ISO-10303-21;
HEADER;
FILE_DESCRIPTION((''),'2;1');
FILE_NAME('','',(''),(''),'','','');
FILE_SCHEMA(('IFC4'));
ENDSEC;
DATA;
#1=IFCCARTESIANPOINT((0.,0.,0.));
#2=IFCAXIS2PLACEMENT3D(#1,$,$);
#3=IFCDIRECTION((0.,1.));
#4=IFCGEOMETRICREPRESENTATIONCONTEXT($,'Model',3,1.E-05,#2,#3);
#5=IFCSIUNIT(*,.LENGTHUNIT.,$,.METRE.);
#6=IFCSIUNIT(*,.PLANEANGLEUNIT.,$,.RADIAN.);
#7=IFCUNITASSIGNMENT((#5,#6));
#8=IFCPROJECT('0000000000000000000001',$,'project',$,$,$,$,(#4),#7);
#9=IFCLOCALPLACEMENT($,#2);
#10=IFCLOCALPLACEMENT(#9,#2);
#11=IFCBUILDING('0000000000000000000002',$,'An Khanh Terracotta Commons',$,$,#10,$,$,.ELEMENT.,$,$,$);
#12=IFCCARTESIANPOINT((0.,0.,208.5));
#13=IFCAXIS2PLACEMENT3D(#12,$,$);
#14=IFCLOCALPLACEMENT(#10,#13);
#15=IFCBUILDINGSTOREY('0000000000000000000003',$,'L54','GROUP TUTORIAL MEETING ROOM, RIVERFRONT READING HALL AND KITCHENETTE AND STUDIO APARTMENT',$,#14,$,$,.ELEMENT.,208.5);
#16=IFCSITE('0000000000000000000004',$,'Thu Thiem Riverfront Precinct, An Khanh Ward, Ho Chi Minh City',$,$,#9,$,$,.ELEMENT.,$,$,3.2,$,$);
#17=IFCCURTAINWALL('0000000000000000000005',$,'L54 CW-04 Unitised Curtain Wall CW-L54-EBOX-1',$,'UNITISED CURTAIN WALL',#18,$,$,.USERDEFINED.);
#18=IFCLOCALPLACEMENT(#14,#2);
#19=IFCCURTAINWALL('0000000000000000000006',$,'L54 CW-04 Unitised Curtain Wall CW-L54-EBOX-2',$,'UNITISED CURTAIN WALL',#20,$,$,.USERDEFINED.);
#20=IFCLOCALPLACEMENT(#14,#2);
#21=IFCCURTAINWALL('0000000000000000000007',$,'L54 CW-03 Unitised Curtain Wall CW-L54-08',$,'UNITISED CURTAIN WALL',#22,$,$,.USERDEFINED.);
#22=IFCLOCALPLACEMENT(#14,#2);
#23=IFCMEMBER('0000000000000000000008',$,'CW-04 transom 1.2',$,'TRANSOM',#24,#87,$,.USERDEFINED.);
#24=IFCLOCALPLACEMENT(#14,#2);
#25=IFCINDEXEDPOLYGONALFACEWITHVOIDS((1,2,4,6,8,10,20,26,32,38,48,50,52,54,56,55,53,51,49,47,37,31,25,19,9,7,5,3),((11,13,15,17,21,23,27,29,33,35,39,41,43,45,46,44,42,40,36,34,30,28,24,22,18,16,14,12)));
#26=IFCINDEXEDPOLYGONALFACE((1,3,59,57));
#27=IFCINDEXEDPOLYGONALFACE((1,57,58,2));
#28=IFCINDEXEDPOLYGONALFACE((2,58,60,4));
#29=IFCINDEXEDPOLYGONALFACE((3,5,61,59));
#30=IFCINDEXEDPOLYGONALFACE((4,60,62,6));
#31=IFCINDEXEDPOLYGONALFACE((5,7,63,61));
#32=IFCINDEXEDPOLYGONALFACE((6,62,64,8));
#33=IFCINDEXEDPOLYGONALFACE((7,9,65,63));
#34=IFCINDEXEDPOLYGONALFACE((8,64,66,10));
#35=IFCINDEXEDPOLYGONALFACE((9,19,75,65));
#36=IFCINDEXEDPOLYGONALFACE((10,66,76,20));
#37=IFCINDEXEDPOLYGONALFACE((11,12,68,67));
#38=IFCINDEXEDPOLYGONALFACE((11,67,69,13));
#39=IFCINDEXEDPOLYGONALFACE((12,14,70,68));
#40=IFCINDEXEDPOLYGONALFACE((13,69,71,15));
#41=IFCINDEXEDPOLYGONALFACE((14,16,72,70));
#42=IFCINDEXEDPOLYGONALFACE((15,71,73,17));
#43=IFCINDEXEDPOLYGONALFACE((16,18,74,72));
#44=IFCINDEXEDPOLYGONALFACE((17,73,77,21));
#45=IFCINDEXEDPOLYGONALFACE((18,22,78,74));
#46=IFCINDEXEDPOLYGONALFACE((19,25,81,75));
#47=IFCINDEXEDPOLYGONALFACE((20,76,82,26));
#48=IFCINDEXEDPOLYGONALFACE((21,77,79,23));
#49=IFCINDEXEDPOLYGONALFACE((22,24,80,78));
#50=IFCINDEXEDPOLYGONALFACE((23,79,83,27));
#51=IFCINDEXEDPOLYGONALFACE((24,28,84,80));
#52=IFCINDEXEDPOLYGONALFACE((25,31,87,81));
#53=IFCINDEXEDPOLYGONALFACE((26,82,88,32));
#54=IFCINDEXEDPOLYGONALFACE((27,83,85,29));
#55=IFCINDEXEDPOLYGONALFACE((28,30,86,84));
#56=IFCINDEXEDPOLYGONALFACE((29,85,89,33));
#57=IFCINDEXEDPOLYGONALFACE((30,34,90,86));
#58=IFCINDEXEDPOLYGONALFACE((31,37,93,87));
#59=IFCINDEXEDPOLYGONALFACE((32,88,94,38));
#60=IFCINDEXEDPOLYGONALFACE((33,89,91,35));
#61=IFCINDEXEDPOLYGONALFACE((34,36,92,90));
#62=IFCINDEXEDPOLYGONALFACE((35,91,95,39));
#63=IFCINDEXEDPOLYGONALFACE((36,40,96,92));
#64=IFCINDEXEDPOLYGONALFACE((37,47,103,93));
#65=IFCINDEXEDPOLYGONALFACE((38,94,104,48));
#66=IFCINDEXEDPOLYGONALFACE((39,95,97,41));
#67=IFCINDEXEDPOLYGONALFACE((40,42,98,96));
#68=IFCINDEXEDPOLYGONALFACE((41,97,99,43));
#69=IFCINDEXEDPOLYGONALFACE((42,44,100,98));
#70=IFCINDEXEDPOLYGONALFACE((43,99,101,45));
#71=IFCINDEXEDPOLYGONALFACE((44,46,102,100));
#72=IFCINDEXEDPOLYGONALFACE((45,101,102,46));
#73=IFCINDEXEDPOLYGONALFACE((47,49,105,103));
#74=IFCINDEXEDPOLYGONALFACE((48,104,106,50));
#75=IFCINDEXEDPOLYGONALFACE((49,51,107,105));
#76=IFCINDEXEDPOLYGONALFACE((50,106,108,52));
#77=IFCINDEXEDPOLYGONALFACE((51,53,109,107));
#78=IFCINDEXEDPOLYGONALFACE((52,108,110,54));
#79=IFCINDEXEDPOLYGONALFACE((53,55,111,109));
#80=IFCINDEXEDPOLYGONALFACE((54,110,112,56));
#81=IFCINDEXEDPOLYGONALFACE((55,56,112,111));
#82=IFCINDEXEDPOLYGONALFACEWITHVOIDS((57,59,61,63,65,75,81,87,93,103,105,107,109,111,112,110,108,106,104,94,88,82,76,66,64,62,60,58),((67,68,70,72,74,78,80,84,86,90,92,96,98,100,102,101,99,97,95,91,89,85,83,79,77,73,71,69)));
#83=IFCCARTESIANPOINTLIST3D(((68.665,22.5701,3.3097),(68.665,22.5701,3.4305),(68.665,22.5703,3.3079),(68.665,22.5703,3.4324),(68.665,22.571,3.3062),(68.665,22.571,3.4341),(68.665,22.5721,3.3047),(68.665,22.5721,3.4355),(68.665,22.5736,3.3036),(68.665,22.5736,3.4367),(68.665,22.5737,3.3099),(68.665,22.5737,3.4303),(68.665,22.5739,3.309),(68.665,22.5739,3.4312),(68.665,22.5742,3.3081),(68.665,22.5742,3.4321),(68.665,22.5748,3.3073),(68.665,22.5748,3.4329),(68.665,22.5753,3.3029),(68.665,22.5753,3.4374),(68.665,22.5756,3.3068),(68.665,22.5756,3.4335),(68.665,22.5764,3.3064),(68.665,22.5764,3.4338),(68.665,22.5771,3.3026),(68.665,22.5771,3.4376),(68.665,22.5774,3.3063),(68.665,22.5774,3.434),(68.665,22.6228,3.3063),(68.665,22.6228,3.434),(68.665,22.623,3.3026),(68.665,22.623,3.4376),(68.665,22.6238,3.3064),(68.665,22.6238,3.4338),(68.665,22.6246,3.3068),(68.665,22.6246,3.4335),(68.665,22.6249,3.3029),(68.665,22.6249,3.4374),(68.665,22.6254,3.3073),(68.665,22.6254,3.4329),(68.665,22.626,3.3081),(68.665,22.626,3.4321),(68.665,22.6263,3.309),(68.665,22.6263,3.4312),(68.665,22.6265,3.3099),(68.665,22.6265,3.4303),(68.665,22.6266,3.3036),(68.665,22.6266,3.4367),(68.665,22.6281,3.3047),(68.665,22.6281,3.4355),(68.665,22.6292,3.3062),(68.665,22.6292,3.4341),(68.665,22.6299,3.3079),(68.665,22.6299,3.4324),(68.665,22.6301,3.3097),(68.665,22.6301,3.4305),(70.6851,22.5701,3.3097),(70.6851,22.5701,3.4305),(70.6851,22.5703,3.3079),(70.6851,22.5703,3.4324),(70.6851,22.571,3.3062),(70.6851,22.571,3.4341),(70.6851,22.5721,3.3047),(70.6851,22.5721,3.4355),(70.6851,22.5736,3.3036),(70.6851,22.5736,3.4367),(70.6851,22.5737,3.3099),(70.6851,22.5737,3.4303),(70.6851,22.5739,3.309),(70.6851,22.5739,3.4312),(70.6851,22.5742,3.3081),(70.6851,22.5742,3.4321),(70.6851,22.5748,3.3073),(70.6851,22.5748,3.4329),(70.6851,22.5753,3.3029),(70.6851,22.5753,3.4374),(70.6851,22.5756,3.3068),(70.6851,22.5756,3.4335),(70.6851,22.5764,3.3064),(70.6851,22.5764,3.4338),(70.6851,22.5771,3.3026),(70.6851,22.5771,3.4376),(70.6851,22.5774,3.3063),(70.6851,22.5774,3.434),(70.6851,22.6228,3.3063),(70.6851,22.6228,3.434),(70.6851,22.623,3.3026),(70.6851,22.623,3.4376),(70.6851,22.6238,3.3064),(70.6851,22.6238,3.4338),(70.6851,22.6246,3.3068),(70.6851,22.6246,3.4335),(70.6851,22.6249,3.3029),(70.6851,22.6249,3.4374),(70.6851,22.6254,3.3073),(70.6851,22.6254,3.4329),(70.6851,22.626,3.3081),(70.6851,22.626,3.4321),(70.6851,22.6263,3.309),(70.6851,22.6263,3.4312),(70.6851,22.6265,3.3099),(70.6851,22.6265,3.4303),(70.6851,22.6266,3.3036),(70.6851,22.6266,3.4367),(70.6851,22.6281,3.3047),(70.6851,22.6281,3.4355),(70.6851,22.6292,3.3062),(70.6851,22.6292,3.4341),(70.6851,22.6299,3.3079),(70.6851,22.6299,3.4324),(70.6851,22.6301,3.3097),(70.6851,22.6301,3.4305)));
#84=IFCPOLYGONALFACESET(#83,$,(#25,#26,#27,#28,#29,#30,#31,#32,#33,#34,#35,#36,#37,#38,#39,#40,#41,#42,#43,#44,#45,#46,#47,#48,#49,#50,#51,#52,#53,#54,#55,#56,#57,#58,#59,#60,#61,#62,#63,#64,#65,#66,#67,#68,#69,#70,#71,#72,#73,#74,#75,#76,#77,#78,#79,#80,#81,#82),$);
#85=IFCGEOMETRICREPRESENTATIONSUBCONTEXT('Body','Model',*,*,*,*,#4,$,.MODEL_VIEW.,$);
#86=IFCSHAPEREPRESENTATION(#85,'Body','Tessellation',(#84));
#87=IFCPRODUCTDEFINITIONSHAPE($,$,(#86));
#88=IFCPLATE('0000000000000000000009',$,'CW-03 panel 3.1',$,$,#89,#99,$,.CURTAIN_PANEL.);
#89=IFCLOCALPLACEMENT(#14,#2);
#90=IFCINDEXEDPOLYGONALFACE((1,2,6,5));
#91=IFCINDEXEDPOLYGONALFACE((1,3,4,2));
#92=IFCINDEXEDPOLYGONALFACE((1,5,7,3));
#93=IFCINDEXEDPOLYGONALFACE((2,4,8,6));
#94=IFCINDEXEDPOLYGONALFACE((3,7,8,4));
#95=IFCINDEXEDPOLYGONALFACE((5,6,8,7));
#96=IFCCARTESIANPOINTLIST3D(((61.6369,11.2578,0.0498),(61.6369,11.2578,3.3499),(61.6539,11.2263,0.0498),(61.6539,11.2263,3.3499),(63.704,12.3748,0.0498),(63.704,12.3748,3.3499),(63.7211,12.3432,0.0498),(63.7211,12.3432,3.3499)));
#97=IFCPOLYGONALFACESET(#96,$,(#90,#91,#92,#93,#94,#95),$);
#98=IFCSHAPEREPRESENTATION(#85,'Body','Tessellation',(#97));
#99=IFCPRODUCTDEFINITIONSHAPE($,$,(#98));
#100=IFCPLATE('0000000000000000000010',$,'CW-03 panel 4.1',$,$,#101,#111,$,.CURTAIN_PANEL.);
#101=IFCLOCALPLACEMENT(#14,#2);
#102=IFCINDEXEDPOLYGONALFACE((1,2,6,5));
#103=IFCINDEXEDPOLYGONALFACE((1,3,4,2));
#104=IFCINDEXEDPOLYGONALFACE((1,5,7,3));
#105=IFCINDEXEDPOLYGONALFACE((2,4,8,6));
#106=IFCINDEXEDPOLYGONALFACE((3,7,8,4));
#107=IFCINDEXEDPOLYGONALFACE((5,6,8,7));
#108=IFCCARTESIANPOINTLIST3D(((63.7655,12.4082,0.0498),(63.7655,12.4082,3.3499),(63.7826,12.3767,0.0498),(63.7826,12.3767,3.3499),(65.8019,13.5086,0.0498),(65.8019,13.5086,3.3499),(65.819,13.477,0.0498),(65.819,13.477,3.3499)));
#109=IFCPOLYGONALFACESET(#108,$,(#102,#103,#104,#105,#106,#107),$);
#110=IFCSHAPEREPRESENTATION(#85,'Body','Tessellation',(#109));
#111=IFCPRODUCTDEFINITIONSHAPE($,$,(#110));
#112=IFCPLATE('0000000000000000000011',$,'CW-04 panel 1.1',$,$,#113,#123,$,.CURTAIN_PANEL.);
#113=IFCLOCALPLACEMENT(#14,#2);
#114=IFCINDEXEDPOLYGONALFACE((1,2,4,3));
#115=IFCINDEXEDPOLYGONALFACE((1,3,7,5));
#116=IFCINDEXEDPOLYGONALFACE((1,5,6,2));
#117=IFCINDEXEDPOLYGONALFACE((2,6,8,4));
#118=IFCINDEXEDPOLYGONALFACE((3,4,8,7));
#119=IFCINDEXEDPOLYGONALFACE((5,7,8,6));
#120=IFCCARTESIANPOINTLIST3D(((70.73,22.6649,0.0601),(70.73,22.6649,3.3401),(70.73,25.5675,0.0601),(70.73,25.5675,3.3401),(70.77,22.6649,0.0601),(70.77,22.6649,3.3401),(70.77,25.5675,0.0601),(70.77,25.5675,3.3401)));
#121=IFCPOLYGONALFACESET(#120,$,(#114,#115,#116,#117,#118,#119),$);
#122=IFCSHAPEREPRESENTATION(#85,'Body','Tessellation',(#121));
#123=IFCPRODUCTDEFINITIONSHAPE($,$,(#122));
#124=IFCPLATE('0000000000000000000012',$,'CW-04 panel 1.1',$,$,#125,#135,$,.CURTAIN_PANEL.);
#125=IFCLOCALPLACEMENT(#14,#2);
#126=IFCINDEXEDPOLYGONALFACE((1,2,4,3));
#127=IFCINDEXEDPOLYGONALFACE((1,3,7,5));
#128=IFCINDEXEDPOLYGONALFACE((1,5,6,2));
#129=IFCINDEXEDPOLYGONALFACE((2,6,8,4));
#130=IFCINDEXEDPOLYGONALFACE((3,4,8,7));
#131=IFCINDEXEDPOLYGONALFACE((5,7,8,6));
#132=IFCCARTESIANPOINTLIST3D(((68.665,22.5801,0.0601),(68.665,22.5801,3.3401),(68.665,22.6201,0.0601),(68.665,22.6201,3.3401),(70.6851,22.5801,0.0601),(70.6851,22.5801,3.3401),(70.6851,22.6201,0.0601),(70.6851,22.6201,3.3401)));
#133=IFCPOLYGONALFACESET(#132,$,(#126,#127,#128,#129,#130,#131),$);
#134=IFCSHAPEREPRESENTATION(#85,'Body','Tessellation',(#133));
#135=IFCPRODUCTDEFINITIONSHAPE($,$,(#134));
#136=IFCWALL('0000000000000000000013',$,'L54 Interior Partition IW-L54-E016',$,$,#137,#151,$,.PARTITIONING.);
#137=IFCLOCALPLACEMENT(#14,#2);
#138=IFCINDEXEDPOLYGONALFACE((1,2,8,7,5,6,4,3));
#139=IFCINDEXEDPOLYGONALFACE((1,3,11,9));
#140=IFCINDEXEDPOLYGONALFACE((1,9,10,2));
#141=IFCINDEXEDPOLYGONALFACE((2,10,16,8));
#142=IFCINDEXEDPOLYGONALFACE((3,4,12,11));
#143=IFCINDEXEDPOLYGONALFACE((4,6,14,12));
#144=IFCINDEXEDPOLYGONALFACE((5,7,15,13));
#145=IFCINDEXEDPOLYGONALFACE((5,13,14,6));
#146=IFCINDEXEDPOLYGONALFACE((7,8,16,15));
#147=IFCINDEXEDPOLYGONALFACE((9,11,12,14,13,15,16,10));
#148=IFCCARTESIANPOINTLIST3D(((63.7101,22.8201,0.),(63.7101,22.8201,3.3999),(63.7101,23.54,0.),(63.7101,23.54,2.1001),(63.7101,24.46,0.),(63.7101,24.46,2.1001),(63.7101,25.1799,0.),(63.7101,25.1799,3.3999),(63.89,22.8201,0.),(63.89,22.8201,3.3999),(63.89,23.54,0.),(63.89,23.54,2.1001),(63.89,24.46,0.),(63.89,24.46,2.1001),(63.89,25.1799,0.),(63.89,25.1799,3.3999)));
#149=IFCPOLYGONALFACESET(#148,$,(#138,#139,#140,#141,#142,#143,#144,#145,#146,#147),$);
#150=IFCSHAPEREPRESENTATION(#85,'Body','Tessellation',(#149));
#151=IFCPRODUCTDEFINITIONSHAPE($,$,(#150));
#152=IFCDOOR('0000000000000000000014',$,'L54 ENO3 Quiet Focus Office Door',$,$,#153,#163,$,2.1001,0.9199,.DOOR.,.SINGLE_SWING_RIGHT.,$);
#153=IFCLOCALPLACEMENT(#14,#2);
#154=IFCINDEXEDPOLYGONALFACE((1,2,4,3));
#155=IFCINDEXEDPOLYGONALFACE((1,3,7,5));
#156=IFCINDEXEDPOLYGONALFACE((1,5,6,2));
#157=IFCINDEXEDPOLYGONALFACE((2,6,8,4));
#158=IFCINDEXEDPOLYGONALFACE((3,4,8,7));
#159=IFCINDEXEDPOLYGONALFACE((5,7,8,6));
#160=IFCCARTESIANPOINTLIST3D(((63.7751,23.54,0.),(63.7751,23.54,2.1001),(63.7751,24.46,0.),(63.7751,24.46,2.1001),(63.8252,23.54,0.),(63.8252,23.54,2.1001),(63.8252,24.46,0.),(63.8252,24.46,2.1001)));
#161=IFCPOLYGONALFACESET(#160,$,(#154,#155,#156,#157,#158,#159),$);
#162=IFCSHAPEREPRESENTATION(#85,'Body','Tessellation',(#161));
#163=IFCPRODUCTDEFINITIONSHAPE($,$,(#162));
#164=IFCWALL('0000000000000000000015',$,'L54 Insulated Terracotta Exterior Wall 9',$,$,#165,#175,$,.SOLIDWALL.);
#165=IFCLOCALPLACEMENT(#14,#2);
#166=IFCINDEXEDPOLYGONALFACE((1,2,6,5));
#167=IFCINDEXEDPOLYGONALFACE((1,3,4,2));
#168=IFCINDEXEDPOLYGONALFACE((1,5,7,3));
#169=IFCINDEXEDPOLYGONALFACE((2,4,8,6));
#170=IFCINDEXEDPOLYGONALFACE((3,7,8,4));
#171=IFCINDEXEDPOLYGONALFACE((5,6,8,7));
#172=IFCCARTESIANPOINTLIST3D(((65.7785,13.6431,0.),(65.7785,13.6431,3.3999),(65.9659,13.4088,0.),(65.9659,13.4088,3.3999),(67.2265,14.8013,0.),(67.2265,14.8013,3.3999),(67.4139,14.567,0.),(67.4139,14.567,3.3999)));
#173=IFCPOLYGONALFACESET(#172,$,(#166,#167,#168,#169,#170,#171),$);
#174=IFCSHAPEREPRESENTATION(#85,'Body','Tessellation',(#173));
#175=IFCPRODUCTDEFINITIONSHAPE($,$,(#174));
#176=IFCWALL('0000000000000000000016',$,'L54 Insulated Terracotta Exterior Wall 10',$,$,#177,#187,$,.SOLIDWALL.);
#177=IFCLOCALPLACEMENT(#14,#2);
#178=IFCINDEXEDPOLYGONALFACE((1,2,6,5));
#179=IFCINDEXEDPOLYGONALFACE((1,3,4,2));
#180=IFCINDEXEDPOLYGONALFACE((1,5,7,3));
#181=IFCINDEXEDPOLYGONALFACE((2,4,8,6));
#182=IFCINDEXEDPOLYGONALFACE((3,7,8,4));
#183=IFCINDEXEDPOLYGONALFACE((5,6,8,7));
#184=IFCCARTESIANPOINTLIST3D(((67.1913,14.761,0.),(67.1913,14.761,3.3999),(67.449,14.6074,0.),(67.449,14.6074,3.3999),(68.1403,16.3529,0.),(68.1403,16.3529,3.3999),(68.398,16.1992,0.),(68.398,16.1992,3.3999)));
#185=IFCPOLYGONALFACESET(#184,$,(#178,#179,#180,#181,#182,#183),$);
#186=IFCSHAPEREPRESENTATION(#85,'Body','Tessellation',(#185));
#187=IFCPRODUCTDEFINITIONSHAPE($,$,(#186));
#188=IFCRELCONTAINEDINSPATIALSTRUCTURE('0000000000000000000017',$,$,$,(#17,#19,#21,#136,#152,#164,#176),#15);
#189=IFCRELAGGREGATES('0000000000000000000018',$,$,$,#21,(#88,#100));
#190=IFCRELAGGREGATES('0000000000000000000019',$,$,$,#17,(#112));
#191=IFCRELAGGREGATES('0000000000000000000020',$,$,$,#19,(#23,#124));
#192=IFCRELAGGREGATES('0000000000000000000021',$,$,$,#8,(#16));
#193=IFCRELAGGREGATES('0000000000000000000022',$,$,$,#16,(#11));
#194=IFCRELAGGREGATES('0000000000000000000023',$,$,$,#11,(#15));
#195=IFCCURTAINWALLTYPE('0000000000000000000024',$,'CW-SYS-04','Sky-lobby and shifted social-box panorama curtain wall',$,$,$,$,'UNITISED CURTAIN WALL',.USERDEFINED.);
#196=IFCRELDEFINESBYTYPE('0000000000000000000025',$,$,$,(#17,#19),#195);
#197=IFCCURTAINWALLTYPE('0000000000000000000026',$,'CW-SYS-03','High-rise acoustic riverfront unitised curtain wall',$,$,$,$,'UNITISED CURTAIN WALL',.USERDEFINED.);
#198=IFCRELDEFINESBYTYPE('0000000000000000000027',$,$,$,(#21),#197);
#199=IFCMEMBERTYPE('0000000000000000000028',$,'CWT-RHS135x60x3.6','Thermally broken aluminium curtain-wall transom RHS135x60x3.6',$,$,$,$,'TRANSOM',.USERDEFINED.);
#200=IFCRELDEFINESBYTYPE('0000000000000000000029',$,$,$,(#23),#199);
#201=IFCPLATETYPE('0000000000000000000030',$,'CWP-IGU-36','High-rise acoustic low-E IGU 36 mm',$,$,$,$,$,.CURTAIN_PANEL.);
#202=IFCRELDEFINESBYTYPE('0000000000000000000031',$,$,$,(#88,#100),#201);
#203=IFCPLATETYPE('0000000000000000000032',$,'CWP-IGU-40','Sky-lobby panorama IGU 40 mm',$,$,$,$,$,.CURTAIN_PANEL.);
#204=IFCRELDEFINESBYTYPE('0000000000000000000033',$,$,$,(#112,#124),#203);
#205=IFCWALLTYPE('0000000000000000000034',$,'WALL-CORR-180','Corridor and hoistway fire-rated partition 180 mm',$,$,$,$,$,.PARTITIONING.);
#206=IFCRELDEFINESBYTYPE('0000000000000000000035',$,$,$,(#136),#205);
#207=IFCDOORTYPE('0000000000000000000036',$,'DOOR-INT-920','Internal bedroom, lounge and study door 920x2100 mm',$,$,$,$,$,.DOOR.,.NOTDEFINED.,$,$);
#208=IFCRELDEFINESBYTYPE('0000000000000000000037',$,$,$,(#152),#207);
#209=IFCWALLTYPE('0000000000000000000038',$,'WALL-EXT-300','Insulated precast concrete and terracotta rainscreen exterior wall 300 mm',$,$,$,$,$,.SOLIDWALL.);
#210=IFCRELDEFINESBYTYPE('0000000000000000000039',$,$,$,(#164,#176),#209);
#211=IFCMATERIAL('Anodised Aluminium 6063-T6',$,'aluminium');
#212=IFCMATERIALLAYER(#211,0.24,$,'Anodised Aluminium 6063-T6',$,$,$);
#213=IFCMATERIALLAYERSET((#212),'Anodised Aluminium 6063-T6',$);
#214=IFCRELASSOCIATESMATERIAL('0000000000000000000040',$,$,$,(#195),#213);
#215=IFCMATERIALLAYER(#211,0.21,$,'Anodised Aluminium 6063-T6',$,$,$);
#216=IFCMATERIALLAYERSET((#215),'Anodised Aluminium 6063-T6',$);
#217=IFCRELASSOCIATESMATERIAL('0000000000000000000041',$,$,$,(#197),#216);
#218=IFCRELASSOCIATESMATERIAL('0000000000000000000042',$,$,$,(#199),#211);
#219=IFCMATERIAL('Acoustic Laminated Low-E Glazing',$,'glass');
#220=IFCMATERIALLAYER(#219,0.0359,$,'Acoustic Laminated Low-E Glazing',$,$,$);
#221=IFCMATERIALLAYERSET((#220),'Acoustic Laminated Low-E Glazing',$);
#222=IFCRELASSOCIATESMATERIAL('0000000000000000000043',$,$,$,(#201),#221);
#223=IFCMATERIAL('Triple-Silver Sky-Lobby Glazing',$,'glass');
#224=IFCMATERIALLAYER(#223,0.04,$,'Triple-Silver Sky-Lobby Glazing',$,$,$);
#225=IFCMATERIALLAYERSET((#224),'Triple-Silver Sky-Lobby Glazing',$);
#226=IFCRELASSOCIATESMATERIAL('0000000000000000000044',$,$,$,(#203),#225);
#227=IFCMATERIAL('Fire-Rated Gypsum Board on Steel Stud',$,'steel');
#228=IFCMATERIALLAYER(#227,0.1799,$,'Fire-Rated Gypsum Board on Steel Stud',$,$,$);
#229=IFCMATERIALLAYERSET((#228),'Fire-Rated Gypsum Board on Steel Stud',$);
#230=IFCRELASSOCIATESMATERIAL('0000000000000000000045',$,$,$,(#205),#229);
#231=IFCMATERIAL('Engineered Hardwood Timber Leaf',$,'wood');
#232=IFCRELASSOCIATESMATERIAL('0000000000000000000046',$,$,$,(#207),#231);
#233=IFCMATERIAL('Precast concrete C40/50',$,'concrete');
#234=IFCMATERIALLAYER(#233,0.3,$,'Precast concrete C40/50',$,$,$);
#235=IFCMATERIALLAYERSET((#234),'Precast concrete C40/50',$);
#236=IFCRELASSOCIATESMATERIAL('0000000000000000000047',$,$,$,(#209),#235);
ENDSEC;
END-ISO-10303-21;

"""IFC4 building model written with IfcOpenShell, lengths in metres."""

from ifc_helpers import new_model, si_unit, direction, frame, frame_2d, origin, origin_2d, place, context, subcontext, project, spatial, rectangle, hollow_rectangle, extrude, material, layer, layer_set, material_profile, profile_set, type_object, element, fill, aggregate, save


model = new_model("IFC4")

# Units and contexts
model_context = context("Model", 3, precision=1e-05, world=origin(), true_north=direction((0.0, 1.0)))
body_context = subcontext(model_context, "Body", "Model", "MODEL_VIEW")
ifc_project = project(units=[si_unit("LENGTHUNIT", "METRE"), si_unit("PLANEANGLEUNIT", "RADIAN")], contexts=[model_context])

# Site, building, storey
site_placement = place(None, origin())
site = spatial("IfcSite", under=ifc_project, at=site_placement, Name="Thu Thiem Riverfront Precinct, An Khanh Ward, Ho Chi Minh City", CompositionType="ELEMENT", RefElevation=3.2)
building_placement = place(site_placement, origin())
building = spatial("IfcBuilding", under=site, at=building_placement, Name="An Khanh Terracotta Commons", CompositionType="ELEMENT")
storey_placement = place(building_placement, frame((0.0, 0.0, 208.5)))
storey = spatial("IfcBuildingStorey", under=building, at=storey_placement, Name="L54", Description="GROUP TUTORIAL MEETING ROOM, RIVERFRONT READING HALL AND KITCHENETTE AND STUDIO APARTMENT", CompositionType="ELEMENT", Elevation=208.5)

# Curtain wall
ifc_material_1 = material(Name="Anodised Aluminium 6063-T6", Category="aluminium")
ifc_layer_1 = layer(ifc_material_1, 0.24, Name="Anodised Aluminium 6063-T6")
ifc_layer_set_1 = layer_set([ifc_layer_1], Name="Anodised Aluminium 6063-T6")
curtain_wall_type_1 = type_object("IfcCurtainWallType", Name="CW-SYS-04", Description="Sky-lobby and shifted social-box panorama curtain wall", ElementType="UNITISED CURTAIN WALL", PredefinedType="USERDEFINED", material=ifc_layer_set_1)
curtain_wall_1_placement = place(storey_placement, origin())
curtain_wall_1 = element("IfcCurtainWall", 1, at=curtain_wall_1_placement, inside=storey, type_object=curtain_wall_type_1, Name="L54 CW-04 Unitised Curtain Wall CW-L54-EBOX-1", ObjectType="UNITISED CURTAIN WALL", PredefinedType="USERDEFINED")

# Curtain walls
curtain_wall_2_placement = place(storey_placement, origin())
curtain_wall_2 = element("IfcCurtainWall", 2, at=curtain_wall_2_placement, inside=storey, type_object=curtain_wall_type_1, Name="L54 CW-04 Unitised Curtain Wall CW-L54-EBOX-2", ObjectType="UNITISED CURTAIN WALL", PredefinedType="USERDEFINED")
ifc_layer_2 = layer(ifc_material_1, 0.21, Name="Anodised Aluminium 6063-T6")
ifc_layer_set_2 = layer_set([ifc_layer_2], Name="Anodised Aluminium 6063-T6")
curtain_wall_type_2 = type_object("IfcCurtainWallType", Name="CW-SYS-03", Description="High-rise acoustic riverfront unitised curtain wall", ElementType="UNITISED CURTAIN WALL", PredefinedType="USERDEFINED", material=ifc_layer_set_2)
curtain_wall_3_placement = place(storey_placement, origin())
curtain_wall_3 = element("IfcCurtainWall", 3, at=curtain_wall_3_placement, inside=storey, type_object=curtain_wall_type_2, Name="L54 CW-03 Unitised Curtain Wall CW-L54-08", ObjectType="UNITISED CURTAIN WALL", PredefinedType="USERDEFINED")

# Member
ifc_material_profile_1 = material_profile(ifc_material_1, hollow_rectangle(XDim=0.0601, YDim=0.135, WallThickness=0.0037, InnerFilletRadius=0.0037, OuterFilletRadius=0.0071, at=origin_2d()), Name="RHS135x60x3.6")
ifc_profile_set_1 = profile_set([ifc_material_profile_1], Name="Anodised Aluminium 6063-T6")
member_type_1 = type_object("IfcMemberType", Name="CWT-RHS135x60x3.6", Description="Thermally broken aluminium curtain-wall transom RHS135x60x3.6", ElementType="TRANSOM", PredefinedType="USERDEFINED", material=ifc_profile_set_1)
member_1_placement = place(storey_placement, frame((68.665, 22.6001, 3.3701), z_axis=(1.0, 0.0, 0.0), x_axis=(0.0, 1.0, 0.0)))
member_1 = element("IfcMember", 4, at=member_1_placement, type_object=member_type_1, Name="CW-04 transom 1.2", ObjectType="TRANSOM", PredefinedType="USERDEFINED", context=body_context, shape_type="SweptSolid", body=[
    extrude(hollow_rectangle(XDim=0.0601, YDim=0.135, WallThickness=0.0037, InnerFilletRadius=0.0037, OuterFilletRadius=0.0071, at=origin_2d()), origin(), (0.0, 0.0, 1.0), 2.02),
])

# Plates
ifc_material_2 = material(Name="Acoustic Laminated Low-E Glazing", Category="glass")
ifc_layer_3 = layer(ifc_material_2, 0.0359, Name="Acoustic Laminated Low-E Glazing")
ifc_layer_set_3 = layer_set([ifc_layer_3], Name="Acoustic Laminated Low-E Glazing")
plate_type_1 = type_object("IfcPlateType", Name="CWP-IGU-36", Description="High-rise acoustic low-E IGU 36 mm", PredefinedType="CURTAIN_PANEL", material=ifc_layer_set_3)
plate_1_placement = place(storey_placement, frame((62.679, 11.8005, 0.0498), z_axis=(0.0, 0.0, 1.0), x_axis=(0.87978, 0.475381, 0.0)))
plate_1 = element("IfcPlate", 5, at=plate_1_placement, type_object=plate_type_1, Name="CW-03 panel 3.1", PredefinedType="CURTAIN_PANEL", context=body_context, shape_type="SweptSolid", body=[
    extrude(rectangle(XDim=2.3496, YDim=0.0359, at=origin_2d()), origin(), (0.0, 0.0, 1.0), 3.3),
])
plate_2_placement = place(storey_placement, frame((64.7922, 12.9426, 0.0498), z_axis=(0.0, 0.0, 1.0), x_axis=(0.87978, 0.475381, 0.0)))
plate_2 = element("IfcPlate", 6, at=plate_2_placement, type_object=plate_type_1, Name="CW-03 panel 4.1", PredefinedType="CURTAIN_PANEL", context=body_context, shape_type="SweptSolid", body=[
    extrude(rectangle(XDim=2.3147, YDim=0.0359, at=origin_2d()), origin(), (0.0, 0.0, 1.0), 3.3),
])
aggregate(curtain_wall_3, [plate_1, plate_2])
ifc_material_3 = material(Name="Triple-Silver Sky-Lobby Glazing", Category="glass")
ifc_layer_4 = layer(ifc_material_3, 0.04, Name="Triple-Silver Sky-Lobby Glazing")
ifc_layer_set_4 = layer_set([ifc_layer_4], Name="Triple-Silver Sky-Lobby Glazing")
plate_type_2 = type_object("IfcPlateType", Name="CWP-IGU-40", Description="Sky-lobby panorama IGU 40 mm", PredefinedType="CURTAIN_PANEL", material=ifc_layer_set_4)
plate_3_placement = place(storey_placement, frame((70.75, 24.1162, 0.0601), z_axis=(0.0, 0.0, 1.0), x_axis=(0.0, 1.0, 0.0)))
plate_3 = element("IfcPlate", 7, at=plate_3_placement, type_object=plate_type_2, Name="CW-04 panel 1.1", PredefinedType="CURTAIN_PANEL", context=body_context, shape_type="SweptSolid", body=[
    extrude(rectangle(XDim=2.9026, YDim=0.04, at=origin_2d()), origin(), (0.0, 0.0, 1.0), 3.28),
])
aggregate(curtain_wall_1, [plate_3])
plate_4_placement = place(storey_placement, frame((69.675, 22.6001, 0.0601), z_axis=(0.0, 0.0, 1.0), x_axis=(1.0, 0.0, 0.0)))
plate_4 = element("IfcPlate", 8, at=plate_4_placement, type_object=plate_type_2, Name="CW-04 panel 1.1", PredefinedType="CURTAIN_PANEL", context=body_context, shape_type="SweptSolid", body=[
    extrude(rectangle(XDim=2.02, YDim=0.04, at=origin_2d()), origin(), (0.0, 0.0, 1.0), 3.28),
])
aggregate(curtain_wall_2, [member_1, plate_4])

# Wall, opening, door
ifc_material_4 = material(Name="Fire-Rated Gypsum Board on Steel Stud", Category="steel")
ifc_layer_5 = layer(ifc_material_4, 0.1799, Name="Fire-Rated Gypsum Board on Steel Stud")
ifc_layer_set_5 = layer_set([ifc_layer_5], Name="Fire-Rated Gypsum Board on Steel Stud")
wall_type_1 = type_object("IfcWallType", Name="WALL-CORR-180", Description="Corridor and hoistway fire-rated partition 180 mm", PredefinedType="PARTITIONING", material=ifc_layer_set_5)
wall_1_placement = place(storey_placement, frame((63.8, 22.8201, 0.0), z_axis=(0.0, 0.0, 1.0), x_axis=(0.0, 1.0, 0.0)))
wall_1 = element("IfcWall", 9, at=wall_1_placement, inside=storey, type_object=wall_type_1, Name="L54 Interior Partition IW-L54-E016", PredefinedType="PARTITIONING", context=body_context, shape_type="SweptSolid", body=[
    extrude(rectangle(XDim=2.3599, YDim=0.1799, at=frame_2d((1.1799, 0.0))), origin(), (0.0, 0.0, 1.0), 3.3999),
])
opening_1_placement = place(wall_1_placement, frame((0.72, 0.0, 0.0)))
opening_1 = element("IfcOpeningElement", 10, at=opening_1_placement, cuts=wall_1, PredefinedType="OPENING", context=body_context, shape_type="SweptSolid", body=[
    extrude(rectangle(XDim=0.9199, YDim=2.1001, at=frame_2d((0.46, 1.05))), frame((0.0, 0.0999, 0.0), z_axis=(0.0, -1.0, 0.0), x_axis=(1.0, 0.0, 0.0)), (0.0, 0.0, 1.0), 0.2),
])
ifc_material_5 = material(Name="Engineered Hardwood Timber Leaf", Category="wood")
door_type = type_object("IfcDoorType", Name="DOOR-INT-920", Description="Internal bedroom, lounge and study door 920x2100 mm", OperationType="NOTDEFINED", PredefinedType="DOOR", material=ifc_material_5)
door_placement = place(opening_1_placement, origin())
door = element("IfcDoor", 11, at=door_placement, inside=storey, type_object=door_type, Name="L54 ENO3 Quiet Focus Office Door", OperationType="SINGLE_SWING_RIGHT", OverallHeight=2.1001, OverallWidth=0.9199, PredefinedType="DOOR", context=body_context, shape_type="SweptSolid", body=[
    extrude(rectangle(XDim=0.9199, YDim=2.1001, at=frame_2d((0.46, 1.05))), frame((0.0, 0.0249, 0.0), z_axis=(0.0, -1.0, 0.0), x_axis=(1.0, 0.0, 0.0)), (0.0, 0.0, 1.0), 0.05),
])
fill(opening_1, door)

# Walls
ifc_material_6 = material(Name="Precast concrete C40/50", Category="concrete")
ifc_layer_6 = layer(ifc_material_6, 0.3, Name="Precast concrete C40/50")
ifc_layer_set_6 = layer_set([ifc_layer_6], Name="Precast concrete C40/50")
wall_type_2 = type_object("IfcWallType", Name="WALL-EXT-300", Description="Insulated precast concrete and terracotta rainscreen exterior wall 300 mm", PredefinedType="SOLIDWALL", material=ifc_layer_set_6)
wall_2_placement = place(storey_placement, frame((65.8721, 13.5259, 0.0), z_axis=(0.0, 0.0, 1.0), x_axis=(0.78092, 0.624631, 0.0)))
element("IfcWall", 12, at=wall_2_placement, inside=storey, type_object=wall_type_2, Name="L54 Insulated Terracotta Exterior Wall 9", PredefinedType="SOLIDWALL", context=body_context, shape_type="SweptSolid", body=[
    extrude(rectangle(XDim=1.8542, YDim=0.3, at=frame_2d((0.9272, 0.0))), origin(), (0.0, 0.0, 1.0), 3.3999),
])
wall_3_placement = place(storey_placement, frame((67.3201, 14.6841, 0.0), z_axis=(0.0, 0.0, 1.0), x_axis=(0.512072, 0.858943, 0.0)))
element("IfcWall", 13, at=wall_3_placement, inside=storey, type_object=wall_type_2, Name="L54 Insulated Terracotta Exterior Wall 10", PredefinedType="SOLIDWALL", context=body_context, shape_type="SweptSolid", body=[
    extrude(rectangle(XDim=1.8533, YDim=0.3, at=frame_2d((0.9268, 0.0))), origin(), (0.0, 0.0, 1.0), 3.3999),
])

save(model, "model.ifc")
